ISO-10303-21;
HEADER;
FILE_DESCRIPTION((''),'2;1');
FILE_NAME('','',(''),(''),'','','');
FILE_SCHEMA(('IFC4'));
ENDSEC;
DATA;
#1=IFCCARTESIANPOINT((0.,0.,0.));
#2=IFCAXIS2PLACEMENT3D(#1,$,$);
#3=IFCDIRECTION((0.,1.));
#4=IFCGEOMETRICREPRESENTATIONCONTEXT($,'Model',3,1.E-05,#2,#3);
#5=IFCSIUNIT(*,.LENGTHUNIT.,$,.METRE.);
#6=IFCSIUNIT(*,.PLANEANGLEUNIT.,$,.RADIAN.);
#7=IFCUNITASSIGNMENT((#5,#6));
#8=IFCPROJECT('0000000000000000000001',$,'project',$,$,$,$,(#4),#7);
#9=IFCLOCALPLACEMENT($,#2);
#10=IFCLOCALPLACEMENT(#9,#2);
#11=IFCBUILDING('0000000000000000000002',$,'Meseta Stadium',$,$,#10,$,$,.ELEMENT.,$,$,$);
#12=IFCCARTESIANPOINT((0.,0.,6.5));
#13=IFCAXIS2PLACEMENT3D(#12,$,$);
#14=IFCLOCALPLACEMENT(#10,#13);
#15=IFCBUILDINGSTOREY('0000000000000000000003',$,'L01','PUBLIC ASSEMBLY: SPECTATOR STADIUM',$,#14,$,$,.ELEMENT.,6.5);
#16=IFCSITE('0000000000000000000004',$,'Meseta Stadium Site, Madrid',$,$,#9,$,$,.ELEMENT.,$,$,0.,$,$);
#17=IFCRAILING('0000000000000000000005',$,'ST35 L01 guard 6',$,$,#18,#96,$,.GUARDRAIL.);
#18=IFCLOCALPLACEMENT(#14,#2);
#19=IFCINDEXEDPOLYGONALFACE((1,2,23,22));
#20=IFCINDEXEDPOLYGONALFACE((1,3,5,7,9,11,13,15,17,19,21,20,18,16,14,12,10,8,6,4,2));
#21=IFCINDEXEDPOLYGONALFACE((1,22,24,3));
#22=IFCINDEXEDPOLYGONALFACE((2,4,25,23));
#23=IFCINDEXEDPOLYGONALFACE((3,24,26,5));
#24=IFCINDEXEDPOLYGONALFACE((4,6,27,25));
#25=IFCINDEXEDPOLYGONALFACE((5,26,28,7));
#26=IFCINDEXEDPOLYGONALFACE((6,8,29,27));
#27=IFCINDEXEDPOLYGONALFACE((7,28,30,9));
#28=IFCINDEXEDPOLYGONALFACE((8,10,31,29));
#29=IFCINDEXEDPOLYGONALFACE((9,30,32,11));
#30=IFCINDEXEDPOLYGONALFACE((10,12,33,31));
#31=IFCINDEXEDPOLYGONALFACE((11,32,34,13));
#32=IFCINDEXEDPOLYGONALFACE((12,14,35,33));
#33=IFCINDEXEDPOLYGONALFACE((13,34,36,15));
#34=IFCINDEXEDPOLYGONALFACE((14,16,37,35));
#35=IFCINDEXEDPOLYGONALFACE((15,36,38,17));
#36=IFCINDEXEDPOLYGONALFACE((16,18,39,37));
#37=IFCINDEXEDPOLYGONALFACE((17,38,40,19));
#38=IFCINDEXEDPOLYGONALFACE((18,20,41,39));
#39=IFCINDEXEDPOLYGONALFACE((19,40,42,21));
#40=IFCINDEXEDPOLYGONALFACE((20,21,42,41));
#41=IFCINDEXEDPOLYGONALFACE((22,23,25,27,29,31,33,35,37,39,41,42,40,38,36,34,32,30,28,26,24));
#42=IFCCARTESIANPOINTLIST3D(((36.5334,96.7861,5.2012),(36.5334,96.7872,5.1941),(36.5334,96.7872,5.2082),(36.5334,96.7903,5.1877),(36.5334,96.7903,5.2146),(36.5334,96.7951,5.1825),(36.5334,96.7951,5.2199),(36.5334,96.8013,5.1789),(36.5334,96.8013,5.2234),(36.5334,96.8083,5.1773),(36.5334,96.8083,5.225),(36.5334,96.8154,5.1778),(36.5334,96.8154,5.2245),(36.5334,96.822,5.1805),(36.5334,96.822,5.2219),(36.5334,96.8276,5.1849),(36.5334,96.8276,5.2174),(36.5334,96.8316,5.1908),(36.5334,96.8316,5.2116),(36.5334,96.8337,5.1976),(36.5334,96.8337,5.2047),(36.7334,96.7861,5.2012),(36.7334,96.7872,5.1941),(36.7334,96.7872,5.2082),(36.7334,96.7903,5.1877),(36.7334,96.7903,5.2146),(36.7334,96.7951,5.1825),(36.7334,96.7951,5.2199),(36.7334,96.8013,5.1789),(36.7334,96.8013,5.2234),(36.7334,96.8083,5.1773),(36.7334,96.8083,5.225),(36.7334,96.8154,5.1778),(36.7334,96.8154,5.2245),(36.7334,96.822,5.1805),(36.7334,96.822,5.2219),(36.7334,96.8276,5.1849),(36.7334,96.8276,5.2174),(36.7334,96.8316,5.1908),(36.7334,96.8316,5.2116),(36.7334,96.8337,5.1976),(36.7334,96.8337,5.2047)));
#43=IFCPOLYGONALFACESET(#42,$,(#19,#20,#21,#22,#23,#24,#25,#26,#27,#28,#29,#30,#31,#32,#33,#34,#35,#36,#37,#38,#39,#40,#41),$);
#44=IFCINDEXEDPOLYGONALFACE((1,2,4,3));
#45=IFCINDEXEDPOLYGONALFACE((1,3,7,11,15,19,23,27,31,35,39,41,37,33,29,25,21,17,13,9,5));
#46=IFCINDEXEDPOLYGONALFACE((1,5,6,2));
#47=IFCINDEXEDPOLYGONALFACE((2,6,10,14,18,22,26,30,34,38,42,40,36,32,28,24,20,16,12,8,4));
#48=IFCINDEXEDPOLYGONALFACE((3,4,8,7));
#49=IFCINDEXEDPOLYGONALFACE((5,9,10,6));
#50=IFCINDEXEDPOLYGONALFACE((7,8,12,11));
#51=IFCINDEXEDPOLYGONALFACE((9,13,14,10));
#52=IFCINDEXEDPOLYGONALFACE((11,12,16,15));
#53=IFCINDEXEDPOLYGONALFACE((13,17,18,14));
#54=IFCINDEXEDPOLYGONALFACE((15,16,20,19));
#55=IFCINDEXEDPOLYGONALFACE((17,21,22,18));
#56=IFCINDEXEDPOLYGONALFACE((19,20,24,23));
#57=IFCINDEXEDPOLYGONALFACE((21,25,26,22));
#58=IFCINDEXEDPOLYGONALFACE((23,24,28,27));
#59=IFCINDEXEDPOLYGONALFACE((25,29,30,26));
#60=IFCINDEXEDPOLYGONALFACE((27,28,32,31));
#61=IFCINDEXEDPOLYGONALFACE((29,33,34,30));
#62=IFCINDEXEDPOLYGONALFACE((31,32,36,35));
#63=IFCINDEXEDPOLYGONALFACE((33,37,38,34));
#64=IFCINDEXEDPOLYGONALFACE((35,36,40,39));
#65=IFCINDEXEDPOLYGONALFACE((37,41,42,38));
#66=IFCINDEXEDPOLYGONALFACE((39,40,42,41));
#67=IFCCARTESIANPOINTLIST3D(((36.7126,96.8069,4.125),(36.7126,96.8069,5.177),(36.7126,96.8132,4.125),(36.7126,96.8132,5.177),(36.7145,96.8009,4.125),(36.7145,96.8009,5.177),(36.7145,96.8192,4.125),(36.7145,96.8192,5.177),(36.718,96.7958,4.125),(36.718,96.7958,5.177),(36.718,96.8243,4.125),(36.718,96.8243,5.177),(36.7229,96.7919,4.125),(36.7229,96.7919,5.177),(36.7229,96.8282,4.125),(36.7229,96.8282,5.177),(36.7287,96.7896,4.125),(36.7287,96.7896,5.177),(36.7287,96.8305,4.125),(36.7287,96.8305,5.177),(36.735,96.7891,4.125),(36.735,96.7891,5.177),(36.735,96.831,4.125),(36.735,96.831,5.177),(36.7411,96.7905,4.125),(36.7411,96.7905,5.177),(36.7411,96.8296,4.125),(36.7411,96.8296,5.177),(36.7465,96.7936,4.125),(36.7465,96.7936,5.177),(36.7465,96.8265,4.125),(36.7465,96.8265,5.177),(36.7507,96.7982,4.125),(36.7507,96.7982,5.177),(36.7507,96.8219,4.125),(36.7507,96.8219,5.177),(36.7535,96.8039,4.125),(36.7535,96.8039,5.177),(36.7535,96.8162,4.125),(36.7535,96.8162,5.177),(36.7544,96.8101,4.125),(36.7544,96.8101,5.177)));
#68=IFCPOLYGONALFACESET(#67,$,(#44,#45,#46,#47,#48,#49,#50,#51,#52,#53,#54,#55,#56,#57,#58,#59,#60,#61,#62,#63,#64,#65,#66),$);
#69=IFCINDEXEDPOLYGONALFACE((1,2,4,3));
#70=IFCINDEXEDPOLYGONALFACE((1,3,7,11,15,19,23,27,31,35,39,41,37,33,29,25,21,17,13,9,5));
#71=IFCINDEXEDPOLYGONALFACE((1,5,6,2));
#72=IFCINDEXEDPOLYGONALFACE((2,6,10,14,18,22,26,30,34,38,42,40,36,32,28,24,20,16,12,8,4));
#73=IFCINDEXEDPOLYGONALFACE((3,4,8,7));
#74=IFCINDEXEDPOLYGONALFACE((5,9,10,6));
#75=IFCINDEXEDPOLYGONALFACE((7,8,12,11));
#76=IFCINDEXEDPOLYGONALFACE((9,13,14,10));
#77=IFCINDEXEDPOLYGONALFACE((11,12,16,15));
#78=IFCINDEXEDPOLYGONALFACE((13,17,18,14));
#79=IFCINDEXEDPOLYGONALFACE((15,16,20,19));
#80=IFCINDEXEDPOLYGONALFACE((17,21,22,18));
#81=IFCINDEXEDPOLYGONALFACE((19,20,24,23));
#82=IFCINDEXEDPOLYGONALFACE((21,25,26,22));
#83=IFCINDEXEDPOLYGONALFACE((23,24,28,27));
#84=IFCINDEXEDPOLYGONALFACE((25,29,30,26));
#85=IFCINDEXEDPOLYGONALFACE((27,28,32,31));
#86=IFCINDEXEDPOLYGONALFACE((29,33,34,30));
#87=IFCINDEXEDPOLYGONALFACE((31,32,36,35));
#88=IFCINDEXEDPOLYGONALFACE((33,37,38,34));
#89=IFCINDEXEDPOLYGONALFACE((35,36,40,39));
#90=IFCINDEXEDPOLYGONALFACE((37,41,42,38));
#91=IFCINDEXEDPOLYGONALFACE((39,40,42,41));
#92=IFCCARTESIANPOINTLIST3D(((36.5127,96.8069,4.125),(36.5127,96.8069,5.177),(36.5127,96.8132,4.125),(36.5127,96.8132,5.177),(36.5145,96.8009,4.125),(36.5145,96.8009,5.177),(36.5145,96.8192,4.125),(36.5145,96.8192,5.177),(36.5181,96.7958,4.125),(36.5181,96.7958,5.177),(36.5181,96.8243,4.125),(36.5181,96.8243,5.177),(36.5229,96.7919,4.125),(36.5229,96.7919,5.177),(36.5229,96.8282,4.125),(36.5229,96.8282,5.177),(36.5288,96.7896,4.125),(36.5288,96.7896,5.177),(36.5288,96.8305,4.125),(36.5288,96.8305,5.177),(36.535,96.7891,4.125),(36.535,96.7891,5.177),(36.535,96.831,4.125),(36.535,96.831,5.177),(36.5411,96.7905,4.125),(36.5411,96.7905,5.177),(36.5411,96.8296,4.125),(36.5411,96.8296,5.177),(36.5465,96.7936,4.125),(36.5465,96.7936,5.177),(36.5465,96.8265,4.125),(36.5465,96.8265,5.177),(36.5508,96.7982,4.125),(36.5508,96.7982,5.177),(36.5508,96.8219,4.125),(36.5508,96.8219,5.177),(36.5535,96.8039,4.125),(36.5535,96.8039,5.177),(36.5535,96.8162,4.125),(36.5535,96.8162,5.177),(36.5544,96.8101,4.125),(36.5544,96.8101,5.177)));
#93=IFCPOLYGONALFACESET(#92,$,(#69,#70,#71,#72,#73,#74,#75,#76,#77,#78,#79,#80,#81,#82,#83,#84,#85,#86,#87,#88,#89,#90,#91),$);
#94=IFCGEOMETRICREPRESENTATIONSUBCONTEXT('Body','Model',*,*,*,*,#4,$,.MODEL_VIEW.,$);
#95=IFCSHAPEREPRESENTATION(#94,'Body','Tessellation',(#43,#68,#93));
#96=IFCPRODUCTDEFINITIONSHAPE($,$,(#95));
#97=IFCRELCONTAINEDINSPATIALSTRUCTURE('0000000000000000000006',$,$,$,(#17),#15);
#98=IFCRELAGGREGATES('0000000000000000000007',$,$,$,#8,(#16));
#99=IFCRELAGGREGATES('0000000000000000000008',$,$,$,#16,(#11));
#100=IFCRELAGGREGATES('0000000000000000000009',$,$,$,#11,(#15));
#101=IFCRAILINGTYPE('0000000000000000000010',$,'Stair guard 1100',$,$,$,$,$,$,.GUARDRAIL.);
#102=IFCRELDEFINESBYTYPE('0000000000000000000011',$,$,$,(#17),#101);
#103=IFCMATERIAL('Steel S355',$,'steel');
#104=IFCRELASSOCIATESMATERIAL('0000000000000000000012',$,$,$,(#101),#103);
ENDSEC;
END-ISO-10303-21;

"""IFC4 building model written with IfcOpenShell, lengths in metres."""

from ifc_helpers import new_model, si_unit, direction, frame, origin, origin_2d, place, context, subcontext, project, spatial, circle, extrude, material, type_object, element, save


model = new_model("IFC4")

# Units and contexts
model_context = context("Model", 3, precision=1e-05, world=origin(), true_north=direction((0.0, 1.0)))
body_context = subcontext(model_context, "Body", "Model", "MODEL_VIEW")
ifc_project = project(units=[si_unit("LENGTHUNIT", "METRE"), si_unit("PLANEANGLEUNIT", "RADIAN")], contexts=[model_context])

# Site, building, storey
site_placement = place(None, origin())
site = spatial("IfcSite", under=ifc_project, at=site_placement, Name="Meseta Stadium Site, Madrid", CompositionType="ELEMENT", RefElevation=0.0)
building_placement = place(site_placement, origin())
building = spatial("IfcBuilding", under=site, at=building_placement, Name="Meseta Stadium", CompositionType="ELEMENT")
storey_placement = place(building_placement, frame((0.0, 0.0, 6.5)))
storey = spatial("IfcBuildingStorey", under=building, at=storey_placement, Name="L01", Description="PUBLIC ASSEMBLY: SPECTATOR STADIUM", CompositionType="ELEMENT", Elevation=6.5)

# Railing
ifc_material_1 = material(Name="Steel S355", Category="steel")
railing_type_1 = type_object("IfcRailingType", Name="Stair guard 1100", PredefinedType="GUARDRAIL", material=ifc_material_1)
railing_1_placement = place(storey_placement, frame((36.7334, 96.8101, 4.125)))
element("IfcRailing", 1, at=railing_1_placement, inside=storey, type_object=railing_type_1, Name="ST35 L01 guard 6", PredefinedType="GUARDRAIL", context=body_context, shape_type="SweptSolid", body=[
    extrude(circle(Radius=0.0239, at=origin_2d()), frame((0.0, 0.0, 1.0762), z_axis=(-1.0, 0.0, 0.0), x_axis=(0.0, -1.0, 0.0)), (0.0, 0.0, 1.0), 0.2),
    extrude(circle(Radius=0.021, at=origin_2d()), origin(), (0.0, 0.0, 1.0), 1.052),
    extrude(circle(Radius=0.021, at=origin_2d()), frame((-0.2, 0.0, 0.0)), (0.0, 0.0, 1.0), 1.052),
])

save(model, "model.ifc")
